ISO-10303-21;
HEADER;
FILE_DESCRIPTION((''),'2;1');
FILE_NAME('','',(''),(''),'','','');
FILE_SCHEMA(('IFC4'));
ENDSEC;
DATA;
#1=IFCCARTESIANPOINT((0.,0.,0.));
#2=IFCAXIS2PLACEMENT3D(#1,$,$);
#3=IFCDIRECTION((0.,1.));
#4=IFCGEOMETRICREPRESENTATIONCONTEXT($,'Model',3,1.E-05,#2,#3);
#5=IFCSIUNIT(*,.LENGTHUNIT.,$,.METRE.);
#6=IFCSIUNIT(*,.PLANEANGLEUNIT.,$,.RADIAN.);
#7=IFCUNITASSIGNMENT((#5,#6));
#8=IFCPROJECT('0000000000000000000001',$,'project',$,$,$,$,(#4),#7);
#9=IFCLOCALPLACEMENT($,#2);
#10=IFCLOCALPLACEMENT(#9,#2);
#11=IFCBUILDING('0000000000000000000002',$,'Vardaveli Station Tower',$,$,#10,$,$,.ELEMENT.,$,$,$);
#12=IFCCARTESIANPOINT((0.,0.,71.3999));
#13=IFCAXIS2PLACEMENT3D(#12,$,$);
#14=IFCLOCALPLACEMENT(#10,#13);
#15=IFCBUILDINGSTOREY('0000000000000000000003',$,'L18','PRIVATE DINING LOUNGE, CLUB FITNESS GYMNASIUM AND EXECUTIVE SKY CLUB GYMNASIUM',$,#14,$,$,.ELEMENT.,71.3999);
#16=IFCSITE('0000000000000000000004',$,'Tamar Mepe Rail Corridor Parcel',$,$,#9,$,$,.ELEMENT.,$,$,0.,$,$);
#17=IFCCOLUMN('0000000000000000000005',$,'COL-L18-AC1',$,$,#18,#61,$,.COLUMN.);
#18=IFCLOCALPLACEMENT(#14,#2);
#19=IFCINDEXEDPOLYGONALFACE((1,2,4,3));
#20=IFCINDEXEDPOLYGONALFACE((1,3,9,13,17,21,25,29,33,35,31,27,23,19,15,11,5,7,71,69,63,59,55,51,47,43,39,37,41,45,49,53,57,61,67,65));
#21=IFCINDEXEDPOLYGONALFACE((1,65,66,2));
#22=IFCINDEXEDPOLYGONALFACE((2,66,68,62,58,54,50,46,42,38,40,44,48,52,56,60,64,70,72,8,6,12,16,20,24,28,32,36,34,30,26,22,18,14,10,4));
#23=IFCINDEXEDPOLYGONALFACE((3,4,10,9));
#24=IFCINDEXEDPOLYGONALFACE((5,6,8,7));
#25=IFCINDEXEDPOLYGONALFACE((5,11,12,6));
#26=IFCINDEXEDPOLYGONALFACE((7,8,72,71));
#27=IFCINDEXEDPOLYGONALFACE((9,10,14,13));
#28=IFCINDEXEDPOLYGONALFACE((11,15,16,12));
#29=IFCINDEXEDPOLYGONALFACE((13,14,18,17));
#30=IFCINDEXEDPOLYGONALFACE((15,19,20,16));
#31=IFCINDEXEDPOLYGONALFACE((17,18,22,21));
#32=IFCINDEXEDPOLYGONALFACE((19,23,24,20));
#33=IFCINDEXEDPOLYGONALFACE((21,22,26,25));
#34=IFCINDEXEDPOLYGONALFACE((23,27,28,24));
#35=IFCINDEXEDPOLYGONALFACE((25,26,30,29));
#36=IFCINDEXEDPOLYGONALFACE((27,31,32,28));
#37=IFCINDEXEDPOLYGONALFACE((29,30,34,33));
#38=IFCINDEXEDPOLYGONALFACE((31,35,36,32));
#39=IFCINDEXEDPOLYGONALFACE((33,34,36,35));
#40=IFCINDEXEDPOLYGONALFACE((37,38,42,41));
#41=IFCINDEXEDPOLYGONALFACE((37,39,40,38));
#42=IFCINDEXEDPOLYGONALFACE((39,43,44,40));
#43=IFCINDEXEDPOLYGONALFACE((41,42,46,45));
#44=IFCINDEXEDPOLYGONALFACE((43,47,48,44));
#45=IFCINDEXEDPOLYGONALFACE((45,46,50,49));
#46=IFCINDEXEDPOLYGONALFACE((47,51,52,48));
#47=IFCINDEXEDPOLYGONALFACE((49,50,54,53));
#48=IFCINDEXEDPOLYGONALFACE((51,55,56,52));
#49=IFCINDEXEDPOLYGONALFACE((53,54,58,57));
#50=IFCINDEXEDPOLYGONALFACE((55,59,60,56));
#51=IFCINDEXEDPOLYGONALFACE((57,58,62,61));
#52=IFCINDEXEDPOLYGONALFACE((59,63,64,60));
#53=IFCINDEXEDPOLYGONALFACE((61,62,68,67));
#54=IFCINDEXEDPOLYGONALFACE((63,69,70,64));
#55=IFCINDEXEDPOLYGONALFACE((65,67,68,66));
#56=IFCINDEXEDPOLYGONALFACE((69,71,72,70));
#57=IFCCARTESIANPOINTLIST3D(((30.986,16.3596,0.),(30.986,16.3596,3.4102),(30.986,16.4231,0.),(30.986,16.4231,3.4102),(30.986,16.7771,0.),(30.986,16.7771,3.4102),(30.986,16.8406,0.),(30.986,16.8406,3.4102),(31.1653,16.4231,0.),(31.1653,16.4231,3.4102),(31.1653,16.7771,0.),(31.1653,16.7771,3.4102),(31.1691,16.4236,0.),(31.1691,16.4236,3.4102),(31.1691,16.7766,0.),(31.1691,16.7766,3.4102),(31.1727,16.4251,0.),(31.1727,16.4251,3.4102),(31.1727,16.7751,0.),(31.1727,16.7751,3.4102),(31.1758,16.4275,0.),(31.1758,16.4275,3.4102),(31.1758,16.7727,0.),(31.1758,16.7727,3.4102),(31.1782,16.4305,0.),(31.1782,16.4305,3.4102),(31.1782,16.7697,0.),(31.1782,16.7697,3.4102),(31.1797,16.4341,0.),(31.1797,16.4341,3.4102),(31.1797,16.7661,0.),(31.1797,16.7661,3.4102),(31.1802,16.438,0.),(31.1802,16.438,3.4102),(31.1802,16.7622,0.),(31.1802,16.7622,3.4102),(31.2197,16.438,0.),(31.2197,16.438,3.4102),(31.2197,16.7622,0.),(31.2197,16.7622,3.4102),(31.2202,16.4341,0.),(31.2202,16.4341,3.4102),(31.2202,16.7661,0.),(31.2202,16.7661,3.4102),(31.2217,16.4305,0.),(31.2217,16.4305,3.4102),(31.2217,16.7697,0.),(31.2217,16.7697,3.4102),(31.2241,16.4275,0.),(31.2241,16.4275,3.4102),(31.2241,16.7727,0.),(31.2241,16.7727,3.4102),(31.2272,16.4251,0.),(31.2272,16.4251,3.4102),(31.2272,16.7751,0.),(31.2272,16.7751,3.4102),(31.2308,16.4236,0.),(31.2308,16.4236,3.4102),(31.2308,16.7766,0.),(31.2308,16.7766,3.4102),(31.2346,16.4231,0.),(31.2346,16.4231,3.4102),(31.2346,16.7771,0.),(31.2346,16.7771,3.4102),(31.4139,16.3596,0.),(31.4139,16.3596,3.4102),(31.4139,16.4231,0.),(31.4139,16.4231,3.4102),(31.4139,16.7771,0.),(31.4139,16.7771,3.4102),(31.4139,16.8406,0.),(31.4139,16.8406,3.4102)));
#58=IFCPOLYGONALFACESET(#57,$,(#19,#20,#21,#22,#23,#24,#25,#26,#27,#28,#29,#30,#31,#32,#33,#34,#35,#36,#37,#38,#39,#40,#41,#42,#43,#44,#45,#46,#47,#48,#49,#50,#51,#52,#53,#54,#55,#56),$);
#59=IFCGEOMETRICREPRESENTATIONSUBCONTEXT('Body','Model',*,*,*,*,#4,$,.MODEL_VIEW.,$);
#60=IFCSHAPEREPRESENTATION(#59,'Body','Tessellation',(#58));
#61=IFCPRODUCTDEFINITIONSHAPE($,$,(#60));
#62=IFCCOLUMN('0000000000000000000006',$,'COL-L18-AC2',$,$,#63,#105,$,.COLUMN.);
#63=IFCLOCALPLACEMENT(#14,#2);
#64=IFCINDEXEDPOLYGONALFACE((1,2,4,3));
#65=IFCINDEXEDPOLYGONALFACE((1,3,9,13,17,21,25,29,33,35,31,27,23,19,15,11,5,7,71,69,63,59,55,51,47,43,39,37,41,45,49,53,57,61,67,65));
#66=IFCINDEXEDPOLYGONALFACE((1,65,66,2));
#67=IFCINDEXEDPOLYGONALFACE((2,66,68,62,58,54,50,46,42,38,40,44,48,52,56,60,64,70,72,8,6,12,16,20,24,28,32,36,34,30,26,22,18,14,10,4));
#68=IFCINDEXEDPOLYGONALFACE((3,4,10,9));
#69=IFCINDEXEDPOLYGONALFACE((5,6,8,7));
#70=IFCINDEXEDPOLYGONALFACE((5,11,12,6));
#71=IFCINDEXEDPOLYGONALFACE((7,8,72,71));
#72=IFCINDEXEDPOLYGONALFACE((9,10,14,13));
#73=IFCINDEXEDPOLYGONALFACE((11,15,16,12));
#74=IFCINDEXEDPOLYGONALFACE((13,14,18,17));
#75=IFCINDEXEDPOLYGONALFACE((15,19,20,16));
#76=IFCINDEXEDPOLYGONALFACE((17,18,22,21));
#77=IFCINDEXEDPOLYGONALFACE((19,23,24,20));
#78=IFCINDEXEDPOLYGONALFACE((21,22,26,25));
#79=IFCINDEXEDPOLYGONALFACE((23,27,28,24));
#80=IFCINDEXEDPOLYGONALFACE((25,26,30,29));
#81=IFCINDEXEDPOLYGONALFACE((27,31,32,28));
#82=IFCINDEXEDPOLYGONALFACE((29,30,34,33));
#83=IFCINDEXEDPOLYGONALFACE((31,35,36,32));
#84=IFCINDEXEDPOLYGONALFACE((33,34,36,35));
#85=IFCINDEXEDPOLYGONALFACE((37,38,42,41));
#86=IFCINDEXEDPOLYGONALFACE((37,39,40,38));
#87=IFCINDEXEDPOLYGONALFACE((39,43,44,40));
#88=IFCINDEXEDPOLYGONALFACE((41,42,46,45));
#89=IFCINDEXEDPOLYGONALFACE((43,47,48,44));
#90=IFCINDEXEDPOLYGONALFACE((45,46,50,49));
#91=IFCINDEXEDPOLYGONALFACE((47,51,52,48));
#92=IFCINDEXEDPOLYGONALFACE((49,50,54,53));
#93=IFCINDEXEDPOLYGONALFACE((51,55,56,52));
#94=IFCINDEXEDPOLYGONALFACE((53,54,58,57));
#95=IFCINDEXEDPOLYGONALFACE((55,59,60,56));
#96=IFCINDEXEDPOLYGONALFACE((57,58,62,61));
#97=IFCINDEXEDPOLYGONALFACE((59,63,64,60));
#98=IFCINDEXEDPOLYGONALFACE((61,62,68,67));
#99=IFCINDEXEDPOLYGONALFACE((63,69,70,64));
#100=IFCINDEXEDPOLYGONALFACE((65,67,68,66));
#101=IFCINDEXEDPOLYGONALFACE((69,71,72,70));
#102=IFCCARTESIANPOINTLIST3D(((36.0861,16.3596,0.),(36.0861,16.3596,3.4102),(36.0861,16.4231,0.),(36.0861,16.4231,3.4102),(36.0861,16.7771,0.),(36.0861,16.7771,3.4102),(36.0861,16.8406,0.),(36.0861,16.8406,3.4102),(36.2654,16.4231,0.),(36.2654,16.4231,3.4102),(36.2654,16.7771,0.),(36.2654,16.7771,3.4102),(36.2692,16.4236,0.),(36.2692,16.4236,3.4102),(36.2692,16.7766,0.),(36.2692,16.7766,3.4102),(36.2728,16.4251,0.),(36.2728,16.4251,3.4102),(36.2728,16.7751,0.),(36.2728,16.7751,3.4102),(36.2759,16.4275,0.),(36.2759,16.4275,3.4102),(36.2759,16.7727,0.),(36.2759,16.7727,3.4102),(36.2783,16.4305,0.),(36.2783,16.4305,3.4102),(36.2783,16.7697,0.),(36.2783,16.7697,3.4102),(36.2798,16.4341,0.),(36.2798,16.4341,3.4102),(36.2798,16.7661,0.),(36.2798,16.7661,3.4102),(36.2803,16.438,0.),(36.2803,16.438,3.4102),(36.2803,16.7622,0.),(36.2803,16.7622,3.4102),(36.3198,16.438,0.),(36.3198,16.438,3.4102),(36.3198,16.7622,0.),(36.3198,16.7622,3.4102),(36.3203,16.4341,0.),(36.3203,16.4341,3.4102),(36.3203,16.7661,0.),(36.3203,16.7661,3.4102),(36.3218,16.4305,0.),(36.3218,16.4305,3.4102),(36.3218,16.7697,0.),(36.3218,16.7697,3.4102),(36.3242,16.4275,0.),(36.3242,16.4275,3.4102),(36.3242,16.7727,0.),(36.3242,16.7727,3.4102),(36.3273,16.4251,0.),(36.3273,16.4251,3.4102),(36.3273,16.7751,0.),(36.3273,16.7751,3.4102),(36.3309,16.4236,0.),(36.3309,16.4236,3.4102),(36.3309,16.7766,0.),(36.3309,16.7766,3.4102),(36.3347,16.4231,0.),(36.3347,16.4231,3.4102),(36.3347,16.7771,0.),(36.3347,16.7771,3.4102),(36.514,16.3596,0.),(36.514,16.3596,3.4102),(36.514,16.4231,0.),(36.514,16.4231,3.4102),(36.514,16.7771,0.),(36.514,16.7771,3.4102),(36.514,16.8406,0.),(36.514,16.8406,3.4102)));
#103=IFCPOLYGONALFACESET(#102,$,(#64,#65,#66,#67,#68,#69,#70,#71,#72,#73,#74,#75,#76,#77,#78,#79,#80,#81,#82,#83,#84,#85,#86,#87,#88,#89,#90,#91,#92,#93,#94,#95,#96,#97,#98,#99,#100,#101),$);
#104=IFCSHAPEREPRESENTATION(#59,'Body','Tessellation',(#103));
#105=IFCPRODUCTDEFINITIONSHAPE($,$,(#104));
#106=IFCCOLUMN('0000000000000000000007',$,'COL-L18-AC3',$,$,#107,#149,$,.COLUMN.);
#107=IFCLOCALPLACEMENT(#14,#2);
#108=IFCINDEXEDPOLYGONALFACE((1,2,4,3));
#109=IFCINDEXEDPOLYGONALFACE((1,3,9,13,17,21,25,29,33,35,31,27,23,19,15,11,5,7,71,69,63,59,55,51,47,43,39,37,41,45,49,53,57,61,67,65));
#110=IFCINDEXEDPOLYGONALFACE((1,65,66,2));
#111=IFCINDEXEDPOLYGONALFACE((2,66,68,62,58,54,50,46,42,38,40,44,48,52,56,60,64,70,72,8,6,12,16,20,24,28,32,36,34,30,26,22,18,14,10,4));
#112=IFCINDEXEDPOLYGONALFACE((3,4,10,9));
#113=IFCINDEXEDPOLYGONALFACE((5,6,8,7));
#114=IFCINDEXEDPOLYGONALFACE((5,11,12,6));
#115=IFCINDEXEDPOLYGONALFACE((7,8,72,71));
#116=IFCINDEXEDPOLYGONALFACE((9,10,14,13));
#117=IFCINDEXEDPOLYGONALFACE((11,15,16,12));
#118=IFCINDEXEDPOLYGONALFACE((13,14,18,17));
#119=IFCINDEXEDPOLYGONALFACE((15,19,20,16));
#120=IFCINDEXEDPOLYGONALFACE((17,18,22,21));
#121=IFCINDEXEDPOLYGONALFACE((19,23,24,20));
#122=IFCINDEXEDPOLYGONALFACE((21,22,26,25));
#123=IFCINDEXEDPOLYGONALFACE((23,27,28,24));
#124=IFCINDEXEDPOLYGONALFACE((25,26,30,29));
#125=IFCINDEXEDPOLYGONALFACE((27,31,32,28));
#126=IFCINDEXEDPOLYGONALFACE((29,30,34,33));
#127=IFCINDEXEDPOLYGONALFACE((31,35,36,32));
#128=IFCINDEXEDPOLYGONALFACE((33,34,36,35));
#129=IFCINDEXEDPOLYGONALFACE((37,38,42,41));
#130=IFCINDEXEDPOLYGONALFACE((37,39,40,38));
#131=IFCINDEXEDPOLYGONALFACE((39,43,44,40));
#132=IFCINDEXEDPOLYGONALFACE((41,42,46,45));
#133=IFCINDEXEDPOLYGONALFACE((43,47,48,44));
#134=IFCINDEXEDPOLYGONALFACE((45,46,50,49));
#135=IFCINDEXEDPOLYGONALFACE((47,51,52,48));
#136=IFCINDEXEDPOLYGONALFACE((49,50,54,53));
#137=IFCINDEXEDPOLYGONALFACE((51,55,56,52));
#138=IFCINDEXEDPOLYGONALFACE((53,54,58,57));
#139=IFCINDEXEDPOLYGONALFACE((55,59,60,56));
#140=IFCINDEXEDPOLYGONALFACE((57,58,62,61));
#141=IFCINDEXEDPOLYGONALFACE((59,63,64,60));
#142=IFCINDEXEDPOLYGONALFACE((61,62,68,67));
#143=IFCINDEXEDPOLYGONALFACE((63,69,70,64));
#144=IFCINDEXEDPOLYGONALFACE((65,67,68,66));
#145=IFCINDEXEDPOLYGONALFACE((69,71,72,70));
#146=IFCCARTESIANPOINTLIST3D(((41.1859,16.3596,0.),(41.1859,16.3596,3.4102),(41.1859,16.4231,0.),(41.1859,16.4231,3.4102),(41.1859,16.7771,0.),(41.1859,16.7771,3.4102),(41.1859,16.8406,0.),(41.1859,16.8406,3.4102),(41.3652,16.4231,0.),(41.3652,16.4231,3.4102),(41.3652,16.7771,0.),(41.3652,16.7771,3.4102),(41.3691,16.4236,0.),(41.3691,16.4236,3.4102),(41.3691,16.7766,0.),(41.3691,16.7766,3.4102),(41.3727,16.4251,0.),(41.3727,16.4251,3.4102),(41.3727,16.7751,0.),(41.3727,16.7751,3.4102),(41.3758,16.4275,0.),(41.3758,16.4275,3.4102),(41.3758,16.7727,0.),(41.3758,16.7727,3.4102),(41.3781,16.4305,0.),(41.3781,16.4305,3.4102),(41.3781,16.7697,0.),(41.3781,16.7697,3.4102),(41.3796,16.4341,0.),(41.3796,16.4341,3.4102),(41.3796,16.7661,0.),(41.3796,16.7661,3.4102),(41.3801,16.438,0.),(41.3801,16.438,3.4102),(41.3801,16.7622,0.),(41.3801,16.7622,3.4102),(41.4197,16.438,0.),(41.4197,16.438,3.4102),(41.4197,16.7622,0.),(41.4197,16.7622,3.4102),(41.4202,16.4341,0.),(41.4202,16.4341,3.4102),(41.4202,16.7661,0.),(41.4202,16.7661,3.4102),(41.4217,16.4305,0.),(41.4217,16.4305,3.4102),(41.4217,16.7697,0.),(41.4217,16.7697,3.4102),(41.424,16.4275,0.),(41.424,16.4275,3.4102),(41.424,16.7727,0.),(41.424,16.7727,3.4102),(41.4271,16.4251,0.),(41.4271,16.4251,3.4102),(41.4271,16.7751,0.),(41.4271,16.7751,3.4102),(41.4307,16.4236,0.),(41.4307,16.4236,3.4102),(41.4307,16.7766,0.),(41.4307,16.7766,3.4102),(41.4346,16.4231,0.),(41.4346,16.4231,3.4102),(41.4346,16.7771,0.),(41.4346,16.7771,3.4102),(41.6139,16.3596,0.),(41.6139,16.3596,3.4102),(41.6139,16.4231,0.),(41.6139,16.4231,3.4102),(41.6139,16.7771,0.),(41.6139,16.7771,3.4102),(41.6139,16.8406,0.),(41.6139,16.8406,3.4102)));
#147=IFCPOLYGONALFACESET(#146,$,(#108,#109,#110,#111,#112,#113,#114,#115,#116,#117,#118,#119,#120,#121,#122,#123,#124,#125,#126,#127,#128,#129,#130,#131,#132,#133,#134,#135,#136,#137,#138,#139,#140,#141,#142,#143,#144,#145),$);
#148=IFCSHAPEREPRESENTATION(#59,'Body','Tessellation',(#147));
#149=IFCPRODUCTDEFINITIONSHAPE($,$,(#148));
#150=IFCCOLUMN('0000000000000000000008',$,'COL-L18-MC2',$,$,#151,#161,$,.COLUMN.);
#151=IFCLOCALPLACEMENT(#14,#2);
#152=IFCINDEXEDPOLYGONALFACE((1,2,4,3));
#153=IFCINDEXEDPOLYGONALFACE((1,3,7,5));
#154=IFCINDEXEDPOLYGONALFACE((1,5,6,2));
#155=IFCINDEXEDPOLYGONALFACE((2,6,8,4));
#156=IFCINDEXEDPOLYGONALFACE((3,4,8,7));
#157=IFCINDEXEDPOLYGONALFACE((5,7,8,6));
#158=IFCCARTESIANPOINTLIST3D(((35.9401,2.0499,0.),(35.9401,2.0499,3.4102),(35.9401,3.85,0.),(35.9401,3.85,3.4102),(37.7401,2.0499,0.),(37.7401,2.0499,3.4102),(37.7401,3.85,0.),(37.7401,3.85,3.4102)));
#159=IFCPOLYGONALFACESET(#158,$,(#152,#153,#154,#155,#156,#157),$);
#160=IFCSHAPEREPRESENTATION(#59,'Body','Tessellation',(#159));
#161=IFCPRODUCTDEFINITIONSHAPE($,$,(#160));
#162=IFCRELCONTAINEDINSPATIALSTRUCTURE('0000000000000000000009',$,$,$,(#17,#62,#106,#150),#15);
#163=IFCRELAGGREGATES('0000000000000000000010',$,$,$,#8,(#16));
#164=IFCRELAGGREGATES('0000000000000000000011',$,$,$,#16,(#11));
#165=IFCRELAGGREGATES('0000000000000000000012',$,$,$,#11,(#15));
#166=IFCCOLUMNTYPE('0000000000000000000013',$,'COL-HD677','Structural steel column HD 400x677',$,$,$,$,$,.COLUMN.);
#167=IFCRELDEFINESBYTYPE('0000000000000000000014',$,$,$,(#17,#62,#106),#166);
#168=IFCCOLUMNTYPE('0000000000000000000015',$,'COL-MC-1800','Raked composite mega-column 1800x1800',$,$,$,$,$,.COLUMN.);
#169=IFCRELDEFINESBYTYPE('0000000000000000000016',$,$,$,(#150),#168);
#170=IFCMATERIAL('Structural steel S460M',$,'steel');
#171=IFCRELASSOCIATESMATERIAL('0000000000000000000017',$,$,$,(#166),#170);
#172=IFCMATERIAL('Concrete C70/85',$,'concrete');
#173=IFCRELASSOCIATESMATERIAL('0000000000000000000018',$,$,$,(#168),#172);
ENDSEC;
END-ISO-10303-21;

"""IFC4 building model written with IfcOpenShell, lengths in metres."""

from ifc_helpers import new_model, si_unit, direction, frame, origin, origin_2d, place, context, subcontext, project, spatial, rectangle, i_section, extrude, source, transform, mapped, material, material_profile, profile_set, type_object, element, save


model = new_model("IFC4")

# Units and contexts
model_context = context("Model", 3, precision=1e-05, world=origin(), true_north=direction((0.0, 1.0)))
body_context = subcontext(model_context, "Body", "Model", "MODEL_VIEW")
ifc_project = project(units=[si_unit("LENGTHUNIT", "METRE"), si_unit("PLANEANGLEUNIT", "RADIAN")], contexts=[model_context])

# Site, building, storey
site_placement = place(None, origin())
site = spatial("IfcSite", under=ifc_project, at=site_placement, Name="Tamar Mepe Rail Corridor Parcel", CompositionType="ELEMENT", RefElevation=0.0)
building_placement = place(site_placement, origin())
building = spatial("IfcBuilding", under=site, at=building_placement, Name="Vardaveli Station Tower", CompositionType="ELEMENT")
storey_placement = place(building_placement, frame((0.0, 0.0, 71.3999)))
storey = spatial("IfcBuildingStorey", under=building, at=storey_placement, Name="L18", Description="PRIVATE DINING LOUNGE, CLUB FITNESS GYMNASIUM AND EXECUTIVE SKY CLUB GYMNASIUM", CompositionType="ELEMENT", Elevation=71.3999)

# Columns
ifc_material_1 = material(Name="Structural steel S460M", Category="steel")
ifc_material_profile_1 = material_profile(ifc_material_1, i_section(OverallWidth=0.428, OverallDepth=0.481, WebThickness=0.0396, FlangeThickness=0.0635, FilletRadius=0.0149, at=origin_2d()), Name="HD 400x677")
ifc_profile_set_1 = profile_set([ifc_material_profile_1], Name="Structural steel S460M")
column_type_1 = type_object("IfcColumnType", Name="COL-HD677", Description="Structural steel column HD 400x677", PredefinedType="COLUMN", material=ifc_profile_set_1)
shared_shape_1 = source(origin(), body_context, "Body", "SweptSolid", [
    extrude(i_section(OverallWidth=0.428, OverallDepth=0.481, WebThickness=0.0396, FlangeThickness=0.0635, FilletRadius=0.0149, at=origin_2d()), origin(), (0.0, 0.0, 1.0), 3.4102),
])
for number, where, z_axis, x_axis, name in (
    (1, (31.2, 16.6001, 0.0), (0.0, 0.0, 1.0), (1.0, 0.0, 0.0), "COL-L18-AC1"),
    (2, (36.3, 16.6001, 0.0), (0.0, 0.0, 1.0), (1.0, 0.0, 0.0), "COL-L18-AC2"),
    (3, (41.3999, 16.6001, 0.0), (0.0, 0.0, 1.0), (1.0, 0.0, 0.0), "COL-L18-AC3"),
):
    element("IfcColumn", number, at=place(storey_placement, frame(where, z_axis=z_axis, x_axis=x_axis)), inside=storey, type_object=column_type_1, Name=name, PredefinedType="COLUMN", context=body_context, shape_type="MappedRepresentation", body=[
        mapped(shared_shape_1, transform((0.0, 0.0, 0.0), scale=1.0)),
    ])
ifc_material_2 = material(Name="Concrete C70/85", Category="concrete")
ifc_material_profile_2 = material_profile(ifc_material_2, rectangle(XDim=1.8, YDim=1.8, at=origin_2d()), Name="MC 1800x1800")
ifc_profile_set_2 = profile_set([ifc_material_profile_2], Name="Concrete C70/85")
column_type_2 = type_object("IfcColumnType", Name="COL-MC-1800", Description="Raked composite mega-column 1800x1800", PredefinedType="COLUMN", material=ifc_profile_set_2)
shared_shape_2 = source(origin(), body_context, "Body", "SweptSolid", [
    extrude(rectangle(XDim=1.8, YDim=1.8, at=origin_2d()), origin(), (0.0, 0.0, 1.0), 3.4102),
])
column_placement = place(storey_placement, frame((36.8401, 2.95, 0.0), z_axis=(0.0, 0.0, 1.0), x_axis=(1.0, 0.0, 0.0)))
element("IfcColumn", 4, at=column_placement, inside=storey, type_object=column_type_2, Name="COL-L18-MC2", PredefinedType="COLUMN", context=body_context, shape_type="MappedRepresentation", body=[
    mapped(shared_shape_2, transform((0.0, 0.0, 0.0), scale=1.0)),
])

save(model, "model.ifc")
